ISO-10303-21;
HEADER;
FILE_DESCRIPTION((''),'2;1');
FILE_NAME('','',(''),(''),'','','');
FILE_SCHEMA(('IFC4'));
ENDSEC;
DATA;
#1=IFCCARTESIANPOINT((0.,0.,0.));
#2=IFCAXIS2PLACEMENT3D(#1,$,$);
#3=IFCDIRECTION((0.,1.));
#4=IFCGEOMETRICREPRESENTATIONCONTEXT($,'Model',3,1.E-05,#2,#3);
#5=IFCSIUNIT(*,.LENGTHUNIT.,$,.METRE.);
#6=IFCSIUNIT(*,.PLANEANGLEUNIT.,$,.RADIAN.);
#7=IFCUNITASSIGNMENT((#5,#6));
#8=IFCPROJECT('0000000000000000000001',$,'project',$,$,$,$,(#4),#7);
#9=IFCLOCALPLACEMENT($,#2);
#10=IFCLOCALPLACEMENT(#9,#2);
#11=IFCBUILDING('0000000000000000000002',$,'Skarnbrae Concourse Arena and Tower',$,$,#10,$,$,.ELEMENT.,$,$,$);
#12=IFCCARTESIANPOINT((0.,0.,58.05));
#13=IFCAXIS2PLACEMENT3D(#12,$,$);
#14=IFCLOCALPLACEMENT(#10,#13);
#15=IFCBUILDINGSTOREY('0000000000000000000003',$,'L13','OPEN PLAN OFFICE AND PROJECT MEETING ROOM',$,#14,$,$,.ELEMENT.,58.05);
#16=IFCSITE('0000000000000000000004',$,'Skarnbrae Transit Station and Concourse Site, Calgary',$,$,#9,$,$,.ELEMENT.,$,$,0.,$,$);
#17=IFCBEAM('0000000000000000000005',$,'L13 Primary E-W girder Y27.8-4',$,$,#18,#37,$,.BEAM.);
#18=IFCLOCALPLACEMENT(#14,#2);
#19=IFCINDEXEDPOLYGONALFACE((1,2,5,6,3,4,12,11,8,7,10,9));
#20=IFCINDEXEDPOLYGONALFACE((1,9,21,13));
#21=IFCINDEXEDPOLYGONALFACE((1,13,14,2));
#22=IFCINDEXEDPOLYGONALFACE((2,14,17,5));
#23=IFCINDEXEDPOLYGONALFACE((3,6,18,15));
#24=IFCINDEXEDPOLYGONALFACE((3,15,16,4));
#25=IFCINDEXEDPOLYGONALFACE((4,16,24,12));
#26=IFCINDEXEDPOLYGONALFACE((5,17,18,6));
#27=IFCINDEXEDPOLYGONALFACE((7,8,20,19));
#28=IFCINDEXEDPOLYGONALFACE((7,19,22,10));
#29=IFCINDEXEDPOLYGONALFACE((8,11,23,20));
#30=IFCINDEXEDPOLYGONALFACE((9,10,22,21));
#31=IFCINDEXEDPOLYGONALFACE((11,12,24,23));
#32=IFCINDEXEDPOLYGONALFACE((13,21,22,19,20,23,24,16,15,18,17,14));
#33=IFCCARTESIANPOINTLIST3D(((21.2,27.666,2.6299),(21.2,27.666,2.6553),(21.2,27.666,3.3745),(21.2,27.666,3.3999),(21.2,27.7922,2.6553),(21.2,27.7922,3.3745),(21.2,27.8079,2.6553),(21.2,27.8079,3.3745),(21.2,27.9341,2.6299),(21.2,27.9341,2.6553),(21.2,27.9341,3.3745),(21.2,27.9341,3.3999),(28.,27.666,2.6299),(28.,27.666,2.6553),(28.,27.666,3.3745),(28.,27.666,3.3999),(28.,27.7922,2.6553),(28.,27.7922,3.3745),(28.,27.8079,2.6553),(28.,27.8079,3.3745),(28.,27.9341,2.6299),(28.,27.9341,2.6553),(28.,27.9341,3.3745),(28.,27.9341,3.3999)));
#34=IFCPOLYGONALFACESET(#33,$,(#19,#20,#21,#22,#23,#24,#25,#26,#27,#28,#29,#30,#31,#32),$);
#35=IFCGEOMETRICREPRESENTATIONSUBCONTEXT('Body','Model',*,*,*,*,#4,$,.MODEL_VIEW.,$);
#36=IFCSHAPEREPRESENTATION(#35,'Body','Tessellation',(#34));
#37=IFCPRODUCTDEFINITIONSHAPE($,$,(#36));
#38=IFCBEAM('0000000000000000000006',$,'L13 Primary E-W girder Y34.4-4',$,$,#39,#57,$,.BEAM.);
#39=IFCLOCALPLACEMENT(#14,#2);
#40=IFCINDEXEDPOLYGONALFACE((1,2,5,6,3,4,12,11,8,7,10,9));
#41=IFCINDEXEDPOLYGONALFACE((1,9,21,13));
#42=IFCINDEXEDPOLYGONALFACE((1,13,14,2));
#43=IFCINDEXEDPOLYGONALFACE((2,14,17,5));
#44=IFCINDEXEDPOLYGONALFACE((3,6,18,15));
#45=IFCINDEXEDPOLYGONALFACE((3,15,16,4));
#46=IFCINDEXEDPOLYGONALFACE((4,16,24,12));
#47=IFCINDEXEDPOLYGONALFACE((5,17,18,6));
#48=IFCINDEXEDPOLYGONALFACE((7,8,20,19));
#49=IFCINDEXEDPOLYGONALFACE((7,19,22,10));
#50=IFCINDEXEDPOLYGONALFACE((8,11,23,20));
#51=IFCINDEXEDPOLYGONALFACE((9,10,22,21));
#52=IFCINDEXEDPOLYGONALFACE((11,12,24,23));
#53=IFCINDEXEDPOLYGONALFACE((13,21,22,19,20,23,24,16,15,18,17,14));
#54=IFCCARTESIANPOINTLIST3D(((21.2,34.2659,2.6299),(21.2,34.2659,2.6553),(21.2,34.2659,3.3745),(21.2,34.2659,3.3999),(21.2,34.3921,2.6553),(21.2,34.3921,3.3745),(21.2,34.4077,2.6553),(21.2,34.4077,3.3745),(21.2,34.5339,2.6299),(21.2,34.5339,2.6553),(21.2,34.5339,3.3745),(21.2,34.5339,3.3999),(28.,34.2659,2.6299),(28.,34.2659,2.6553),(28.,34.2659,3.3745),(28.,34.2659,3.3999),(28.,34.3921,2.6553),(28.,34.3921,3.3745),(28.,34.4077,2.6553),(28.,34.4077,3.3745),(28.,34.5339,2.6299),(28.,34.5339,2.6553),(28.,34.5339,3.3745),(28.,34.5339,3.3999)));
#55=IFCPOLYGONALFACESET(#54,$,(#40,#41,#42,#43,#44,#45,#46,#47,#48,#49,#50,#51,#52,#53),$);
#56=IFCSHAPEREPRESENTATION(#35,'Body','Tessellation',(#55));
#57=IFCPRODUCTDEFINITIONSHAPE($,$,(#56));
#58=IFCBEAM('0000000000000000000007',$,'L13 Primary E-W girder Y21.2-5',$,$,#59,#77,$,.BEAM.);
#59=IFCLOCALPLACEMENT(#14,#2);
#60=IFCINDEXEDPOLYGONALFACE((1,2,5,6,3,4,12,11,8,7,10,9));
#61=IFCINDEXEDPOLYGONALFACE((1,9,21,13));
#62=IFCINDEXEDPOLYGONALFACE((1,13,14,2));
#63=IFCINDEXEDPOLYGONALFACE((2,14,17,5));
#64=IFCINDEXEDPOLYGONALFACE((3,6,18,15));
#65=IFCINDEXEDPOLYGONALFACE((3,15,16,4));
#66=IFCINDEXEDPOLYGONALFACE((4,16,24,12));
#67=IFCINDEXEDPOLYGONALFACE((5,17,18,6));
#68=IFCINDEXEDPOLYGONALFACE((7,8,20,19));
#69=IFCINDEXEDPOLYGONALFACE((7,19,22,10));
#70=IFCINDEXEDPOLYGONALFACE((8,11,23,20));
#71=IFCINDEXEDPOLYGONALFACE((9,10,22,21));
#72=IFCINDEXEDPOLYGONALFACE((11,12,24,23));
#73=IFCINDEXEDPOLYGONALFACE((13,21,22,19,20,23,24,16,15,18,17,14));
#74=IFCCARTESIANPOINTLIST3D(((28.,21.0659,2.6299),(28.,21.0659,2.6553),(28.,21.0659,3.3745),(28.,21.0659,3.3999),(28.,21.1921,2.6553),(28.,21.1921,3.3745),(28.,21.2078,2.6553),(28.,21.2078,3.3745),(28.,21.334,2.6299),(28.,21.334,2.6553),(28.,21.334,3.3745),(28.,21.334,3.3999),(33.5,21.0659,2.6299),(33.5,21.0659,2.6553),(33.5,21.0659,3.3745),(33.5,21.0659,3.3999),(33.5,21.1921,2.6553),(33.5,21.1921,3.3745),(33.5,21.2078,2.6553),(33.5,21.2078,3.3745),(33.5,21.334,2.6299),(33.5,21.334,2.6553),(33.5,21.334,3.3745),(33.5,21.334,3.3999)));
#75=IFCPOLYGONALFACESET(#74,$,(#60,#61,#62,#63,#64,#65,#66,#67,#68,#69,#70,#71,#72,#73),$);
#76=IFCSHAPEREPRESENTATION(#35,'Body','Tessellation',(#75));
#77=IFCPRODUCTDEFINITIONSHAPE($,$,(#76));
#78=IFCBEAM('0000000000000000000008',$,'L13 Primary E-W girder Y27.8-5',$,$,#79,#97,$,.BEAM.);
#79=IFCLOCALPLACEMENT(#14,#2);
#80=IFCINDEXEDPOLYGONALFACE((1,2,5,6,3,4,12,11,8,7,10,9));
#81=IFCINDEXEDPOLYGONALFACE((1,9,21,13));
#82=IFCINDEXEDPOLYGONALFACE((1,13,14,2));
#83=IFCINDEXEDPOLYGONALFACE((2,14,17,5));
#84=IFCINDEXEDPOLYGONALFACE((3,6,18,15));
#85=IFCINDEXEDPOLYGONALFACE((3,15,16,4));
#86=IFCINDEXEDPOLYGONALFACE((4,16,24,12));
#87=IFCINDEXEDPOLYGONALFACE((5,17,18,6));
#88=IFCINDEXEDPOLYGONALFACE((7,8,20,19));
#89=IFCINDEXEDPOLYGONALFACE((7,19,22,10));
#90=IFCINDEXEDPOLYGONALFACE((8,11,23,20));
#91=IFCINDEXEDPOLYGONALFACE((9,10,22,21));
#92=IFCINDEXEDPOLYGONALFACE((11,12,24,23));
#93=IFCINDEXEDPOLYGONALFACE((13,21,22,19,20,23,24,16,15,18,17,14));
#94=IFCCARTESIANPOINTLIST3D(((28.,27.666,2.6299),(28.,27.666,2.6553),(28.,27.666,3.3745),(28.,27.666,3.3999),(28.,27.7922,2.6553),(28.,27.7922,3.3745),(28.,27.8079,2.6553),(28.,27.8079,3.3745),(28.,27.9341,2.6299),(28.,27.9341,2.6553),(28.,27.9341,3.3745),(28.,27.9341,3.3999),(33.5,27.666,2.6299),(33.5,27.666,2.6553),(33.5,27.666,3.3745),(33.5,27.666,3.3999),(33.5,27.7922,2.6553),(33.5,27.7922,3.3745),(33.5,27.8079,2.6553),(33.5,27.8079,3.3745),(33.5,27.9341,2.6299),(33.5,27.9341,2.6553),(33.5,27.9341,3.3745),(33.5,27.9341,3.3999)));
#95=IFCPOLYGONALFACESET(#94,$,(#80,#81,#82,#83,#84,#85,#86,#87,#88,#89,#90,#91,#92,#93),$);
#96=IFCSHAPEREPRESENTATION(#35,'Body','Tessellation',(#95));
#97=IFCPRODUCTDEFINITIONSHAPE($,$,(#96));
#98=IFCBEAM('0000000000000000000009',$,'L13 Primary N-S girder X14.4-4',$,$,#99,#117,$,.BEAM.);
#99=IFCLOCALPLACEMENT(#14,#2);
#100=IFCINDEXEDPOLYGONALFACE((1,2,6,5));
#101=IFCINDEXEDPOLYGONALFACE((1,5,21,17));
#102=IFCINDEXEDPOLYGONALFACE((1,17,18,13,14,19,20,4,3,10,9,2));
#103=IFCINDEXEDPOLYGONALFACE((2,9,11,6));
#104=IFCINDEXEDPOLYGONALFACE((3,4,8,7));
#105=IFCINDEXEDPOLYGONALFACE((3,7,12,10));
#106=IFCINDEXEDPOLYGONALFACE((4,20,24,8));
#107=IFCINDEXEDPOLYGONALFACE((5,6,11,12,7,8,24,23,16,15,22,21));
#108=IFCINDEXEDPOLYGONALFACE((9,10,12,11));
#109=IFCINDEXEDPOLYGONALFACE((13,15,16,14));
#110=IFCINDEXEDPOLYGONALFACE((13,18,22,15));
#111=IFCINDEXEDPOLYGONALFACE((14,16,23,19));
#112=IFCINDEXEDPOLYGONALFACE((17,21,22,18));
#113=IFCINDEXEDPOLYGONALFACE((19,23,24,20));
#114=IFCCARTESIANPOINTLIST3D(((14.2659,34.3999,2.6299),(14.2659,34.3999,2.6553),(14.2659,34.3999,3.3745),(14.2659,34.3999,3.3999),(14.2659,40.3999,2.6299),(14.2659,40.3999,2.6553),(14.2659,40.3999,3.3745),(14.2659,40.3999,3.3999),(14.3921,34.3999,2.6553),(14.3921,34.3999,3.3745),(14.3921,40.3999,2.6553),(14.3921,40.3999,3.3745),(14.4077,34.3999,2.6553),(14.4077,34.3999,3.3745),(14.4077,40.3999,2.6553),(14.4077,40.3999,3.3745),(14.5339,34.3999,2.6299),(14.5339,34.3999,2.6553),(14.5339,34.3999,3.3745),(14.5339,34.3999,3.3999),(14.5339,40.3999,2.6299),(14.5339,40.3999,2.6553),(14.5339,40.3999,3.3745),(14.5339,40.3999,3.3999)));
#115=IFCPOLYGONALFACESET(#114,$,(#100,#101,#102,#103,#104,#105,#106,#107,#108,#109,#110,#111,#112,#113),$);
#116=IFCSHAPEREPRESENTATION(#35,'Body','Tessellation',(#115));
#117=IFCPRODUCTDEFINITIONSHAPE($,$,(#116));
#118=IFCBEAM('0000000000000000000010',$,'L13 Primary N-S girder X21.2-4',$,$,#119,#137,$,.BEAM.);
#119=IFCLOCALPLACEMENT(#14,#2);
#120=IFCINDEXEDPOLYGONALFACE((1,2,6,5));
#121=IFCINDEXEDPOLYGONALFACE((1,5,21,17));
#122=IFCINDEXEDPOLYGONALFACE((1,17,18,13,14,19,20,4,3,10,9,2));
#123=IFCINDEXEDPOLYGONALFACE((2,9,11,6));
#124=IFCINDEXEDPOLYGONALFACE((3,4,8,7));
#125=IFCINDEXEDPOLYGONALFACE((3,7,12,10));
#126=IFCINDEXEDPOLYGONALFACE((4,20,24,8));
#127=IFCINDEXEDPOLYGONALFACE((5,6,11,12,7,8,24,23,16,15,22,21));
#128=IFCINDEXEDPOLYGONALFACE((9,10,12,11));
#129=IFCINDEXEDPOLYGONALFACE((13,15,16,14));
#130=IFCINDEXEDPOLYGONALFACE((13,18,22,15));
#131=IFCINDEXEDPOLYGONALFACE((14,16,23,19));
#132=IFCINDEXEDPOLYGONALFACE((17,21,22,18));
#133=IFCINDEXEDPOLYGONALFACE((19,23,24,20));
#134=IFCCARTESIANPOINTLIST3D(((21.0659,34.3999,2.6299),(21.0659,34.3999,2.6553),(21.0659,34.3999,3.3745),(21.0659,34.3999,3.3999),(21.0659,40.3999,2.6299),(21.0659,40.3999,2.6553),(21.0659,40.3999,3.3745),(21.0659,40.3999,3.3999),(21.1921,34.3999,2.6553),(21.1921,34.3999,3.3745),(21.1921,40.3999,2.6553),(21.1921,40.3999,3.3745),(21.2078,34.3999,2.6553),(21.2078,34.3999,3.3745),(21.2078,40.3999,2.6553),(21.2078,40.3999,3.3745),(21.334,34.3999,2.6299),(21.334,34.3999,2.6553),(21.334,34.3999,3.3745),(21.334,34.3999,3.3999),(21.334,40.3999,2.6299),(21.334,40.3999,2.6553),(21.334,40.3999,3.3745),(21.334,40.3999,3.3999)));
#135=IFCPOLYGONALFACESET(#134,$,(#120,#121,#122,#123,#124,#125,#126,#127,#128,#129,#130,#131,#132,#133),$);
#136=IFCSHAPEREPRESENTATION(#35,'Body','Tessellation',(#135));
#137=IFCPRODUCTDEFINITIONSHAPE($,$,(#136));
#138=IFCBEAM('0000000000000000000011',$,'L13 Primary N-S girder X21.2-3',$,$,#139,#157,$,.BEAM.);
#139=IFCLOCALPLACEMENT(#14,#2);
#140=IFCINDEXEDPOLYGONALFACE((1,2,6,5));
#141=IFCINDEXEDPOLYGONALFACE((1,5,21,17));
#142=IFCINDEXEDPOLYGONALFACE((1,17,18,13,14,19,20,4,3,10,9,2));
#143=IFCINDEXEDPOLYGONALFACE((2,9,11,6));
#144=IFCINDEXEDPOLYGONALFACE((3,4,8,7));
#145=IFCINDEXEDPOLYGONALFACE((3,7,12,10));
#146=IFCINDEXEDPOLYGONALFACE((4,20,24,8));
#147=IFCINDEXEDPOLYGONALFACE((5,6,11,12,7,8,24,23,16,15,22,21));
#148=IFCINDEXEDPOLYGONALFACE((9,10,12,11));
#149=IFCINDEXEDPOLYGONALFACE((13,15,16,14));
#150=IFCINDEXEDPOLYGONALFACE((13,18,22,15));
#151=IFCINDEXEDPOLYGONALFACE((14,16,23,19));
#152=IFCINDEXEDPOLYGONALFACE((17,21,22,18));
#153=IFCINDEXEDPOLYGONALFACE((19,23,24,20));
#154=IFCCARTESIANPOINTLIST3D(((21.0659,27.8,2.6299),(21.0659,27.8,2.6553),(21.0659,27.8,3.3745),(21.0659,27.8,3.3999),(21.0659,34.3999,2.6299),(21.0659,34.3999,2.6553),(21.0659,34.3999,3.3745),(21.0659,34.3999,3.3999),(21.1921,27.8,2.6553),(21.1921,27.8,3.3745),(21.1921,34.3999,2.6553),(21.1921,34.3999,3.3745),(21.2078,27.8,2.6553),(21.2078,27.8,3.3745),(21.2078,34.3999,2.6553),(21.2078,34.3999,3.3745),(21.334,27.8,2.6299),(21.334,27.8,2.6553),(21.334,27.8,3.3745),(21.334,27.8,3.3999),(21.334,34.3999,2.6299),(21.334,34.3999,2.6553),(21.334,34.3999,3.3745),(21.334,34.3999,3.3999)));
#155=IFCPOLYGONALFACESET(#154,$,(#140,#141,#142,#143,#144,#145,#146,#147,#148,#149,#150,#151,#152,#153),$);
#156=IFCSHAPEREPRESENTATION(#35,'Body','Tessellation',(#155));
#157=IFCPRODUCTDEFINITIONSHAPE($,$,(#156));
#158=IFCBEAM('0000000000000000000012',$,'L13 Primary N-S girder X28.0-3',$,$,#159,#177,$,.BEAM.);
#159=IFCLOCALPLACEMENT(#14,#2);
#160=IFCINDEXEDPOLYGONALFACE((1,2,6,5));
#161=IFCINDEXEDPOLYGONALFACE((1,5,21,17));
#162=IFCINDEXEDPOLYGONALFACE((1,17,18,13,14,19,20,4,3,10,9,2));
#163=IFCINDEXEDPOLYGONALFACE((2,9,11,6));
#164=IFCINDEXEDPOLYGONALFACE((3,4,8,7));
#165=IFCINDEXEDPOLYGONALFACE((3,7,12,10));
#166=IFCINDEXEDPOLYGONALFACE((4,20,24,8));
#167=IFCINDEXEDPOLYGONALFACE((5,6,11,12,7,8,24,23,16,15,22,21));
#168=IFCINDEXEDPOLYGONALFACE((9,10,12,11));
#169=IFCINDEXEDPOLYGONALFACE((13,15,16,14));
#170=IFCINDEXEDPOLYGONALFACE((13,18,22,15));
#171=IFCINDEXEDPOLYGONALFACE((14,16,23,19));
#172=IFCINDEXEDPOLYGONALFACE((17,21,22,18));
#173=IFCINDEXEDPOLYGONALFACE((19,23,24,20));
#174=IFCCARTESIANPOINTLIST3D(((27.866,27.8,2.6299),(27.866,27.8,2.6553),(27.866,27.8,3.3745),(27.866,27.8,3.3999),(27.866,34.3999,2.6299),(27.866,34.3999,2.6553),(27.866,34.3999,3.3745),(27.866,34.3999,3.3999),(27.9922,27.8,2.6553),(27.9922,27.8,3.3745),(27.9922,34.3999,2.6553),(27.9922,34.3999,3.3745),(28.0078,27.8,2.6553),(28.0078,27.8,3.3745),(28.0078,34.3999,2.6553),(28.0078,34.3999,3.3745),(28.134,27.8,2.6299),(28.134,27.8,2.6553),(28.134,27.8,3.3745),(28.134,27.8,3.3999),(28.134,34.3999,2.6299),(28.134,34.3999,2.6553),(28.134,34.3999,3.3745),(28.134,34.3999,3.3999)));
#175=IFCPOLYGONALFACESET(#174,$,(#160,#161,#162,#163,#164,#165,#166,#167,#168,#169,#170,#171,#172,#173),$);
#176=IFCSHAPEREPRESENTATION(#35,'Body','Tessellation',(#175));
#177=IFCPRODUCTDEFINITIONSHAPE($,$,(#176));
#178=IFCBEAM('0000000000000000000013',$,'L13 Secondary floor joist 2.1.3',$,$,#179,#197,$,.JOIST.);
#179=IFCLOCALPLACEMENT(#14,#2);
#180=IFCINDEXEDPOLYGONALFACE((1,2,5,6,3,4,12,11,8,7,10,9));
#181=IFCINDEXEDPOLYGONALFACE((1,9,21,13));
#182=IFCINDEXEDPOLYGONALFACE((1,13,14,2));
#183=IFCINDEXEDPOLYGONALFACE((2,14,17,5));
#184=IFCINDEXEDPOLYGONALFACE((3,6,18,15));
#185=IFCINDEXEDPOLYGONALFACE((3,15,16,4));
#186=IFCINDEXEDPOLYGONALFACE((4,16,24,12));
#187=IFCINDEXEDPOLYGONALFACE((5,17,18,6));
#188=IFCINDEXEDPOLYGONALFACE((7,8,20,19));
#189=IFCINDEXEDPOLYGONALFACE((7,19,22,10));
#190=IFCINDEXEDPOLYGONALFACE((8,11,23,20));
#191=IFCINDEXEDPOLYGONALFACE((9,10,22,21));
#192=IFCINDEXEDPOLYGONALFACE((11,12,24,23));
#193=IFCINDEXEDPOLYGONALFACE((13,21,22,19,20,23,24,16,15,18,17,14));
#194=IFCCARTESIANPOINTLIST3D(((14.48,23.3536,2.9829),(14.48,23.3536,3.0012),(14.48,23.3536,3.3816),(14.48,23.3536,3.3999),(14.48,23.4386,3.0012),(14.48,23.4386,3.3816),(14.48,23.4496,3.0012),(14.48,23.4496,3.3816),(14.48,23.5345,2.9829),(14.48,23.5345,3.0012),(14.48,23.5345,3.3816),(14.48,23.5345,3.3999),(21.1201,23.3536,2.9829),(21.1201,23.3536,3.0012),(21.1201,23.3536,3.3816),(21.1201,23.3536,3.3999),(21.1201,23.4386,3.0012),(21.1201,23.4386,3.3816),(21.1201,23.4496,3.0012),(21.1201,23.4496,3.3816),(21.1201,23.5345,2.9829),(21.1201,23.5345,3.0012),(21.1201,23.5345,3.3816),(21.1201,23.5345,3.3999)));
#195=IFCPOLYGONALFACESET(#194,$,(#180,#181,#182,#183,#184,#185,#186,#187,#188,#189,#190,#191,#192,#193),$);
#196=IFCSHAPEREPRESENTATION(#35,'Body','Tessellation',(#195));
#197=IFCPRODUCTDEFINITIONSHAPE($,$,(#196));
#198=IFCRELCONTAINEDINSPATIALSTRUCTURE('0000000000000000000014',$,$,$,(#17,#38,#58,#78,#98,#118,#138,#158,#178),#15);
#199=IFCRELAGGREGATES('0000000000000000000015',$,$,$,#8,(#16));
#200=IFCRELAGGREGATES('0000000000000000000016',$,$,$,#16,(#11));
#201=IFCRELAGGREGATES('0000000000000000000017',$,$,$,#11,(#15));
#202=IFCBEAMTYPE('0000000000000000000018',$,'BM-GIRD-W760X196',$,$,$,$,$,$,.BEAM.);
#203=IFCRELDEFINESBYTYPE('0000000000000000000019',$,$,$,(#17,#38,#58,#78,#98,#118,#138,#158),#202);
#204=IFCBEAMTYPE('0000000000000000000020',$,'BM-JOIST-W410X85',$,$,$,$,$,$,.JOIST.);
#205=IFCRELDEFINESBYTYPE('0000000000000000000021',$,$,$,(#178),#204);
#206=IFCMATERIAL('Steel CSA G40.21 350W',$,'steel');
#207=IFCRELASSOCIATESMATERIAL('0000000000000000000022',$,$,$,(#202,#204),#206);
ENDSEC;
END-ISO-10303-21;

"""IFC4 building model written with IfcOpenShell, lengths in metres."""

from ifc_helpers import new_model, si_unit, direction, frame, origin, origin_2d, place, context, subcontext, project, spatial, i_section, extrude, source, transform, mapped, material, material_profile, profile_set, type_object, element, save


model = new_model("IFC4")

# Units and contexts
model_context = context("Model", 3, precision=1e-05, world=origin(), true_north=direction((0.0, 1.0)))
body_context = subcontext(model_context, "Body", "Model", "MODEL_VIEW")
ifc_project = project(units=[si_unit("LENGTHUNIT", "METRE"), si_unit("PLANEANGLEUNIT", "RADIAN")], contexts=[model_context])

# Site, building, storey
site_placement = place(None, origin())
site = spatial("IfcSite", under=ifc_project, at=site_placement, Name="Skarnbrae Transit Station and Concourse Site, Calgary", CompositionType="ELEMENT", RefElevation=0.0)
building_placement = place(site_placement, origin())
building = spatial("IfcBuilding", under=site, at=building_placement, Name="Skarnbrae Concourse Arena and Tower", CompositionType="ELEMENT")
storey_placement = place(building_placement, frame((0.0, 0.0, 58.05)))
storey = spatial("IfcBuildingStorey", under=building, at=storey_placement, Name="L13", Description="OPEN PLAN OFFICE AND PROJECT MEETING ROOM", CompositionType="ELEMENT", Elevation=58.05)

# Shared definitions
ifc_material_1 = material(Name="Steel CSA G40.21 350W", Category="steel")

# Beams
ifc_material_profile_1 = material_profile(ifc_material_1, i_section(OverallWidth=0.2681, OverallDepth=0.77, WebThickness=0.0156, FlangeThickness=0.0254, at=origin_2d()), Name="W760X196")
ifc_profile_set_1 = profile_set([ifc_material_profile_1], Name="Steel CSA G40.21 350W")
beam_type_1 = type_object("IfcBeamType", Name="BM-GIRD-W760X196", PredefinedType="BEAM", material=ifc_profile_set_1)
shared_shape_1 = source(origin(), body_context, "Body", "SweptSolid", [
    extrude(i_section(OverallWidth=0.2681, OverallDepth=0.77, WebThickness=0.0156, FlangeThickness=0.0254, at=origin_2d()), origin(), (0.0, 0.0, 1.0), 6.8),
])
for number, where, z_axis, x_axis, name in (
    (1, (21.2, 27.8, 3.0149), (1.0, 0.0, 0.0), (0.0, 1.0, 0.0), "L13 Primary E-W girder Y27.8-4"),
    (2, (21.2, 34.3999, 3.0149), (1.0, 0.0, 0.0), (0.0, 1.0, 0.0), "L13 Primary E-W girder Y34.4-4"),
):
    element("IfcBeam", number, at=place(storey_placement, frame(where, z_axis=z_axis, x_axis=x_axis)), inside=storey, type_object=beam_type_1, Name=name, PredefinedType="BEAM", context=body_context, shape_type="MappedRepresentation", body=[
        mapped(shared_shape_1, transform((0.0, 0.0, 0.0))),
    ])
shared_shape_2 = source(origin(), body_context, "Body", "SweptSolid", [
    extrude(i_section(OverallWidth=0.2681, OverallDepth=0.77, WebThickness=0.0156, FlangeThickness=0.0254, at=origin_2d()), origin(), (0.0, 0.0, 1.0), 5.5),
])
for number, where, z_axis, x_axis, name in (
    (3, (28.0, 21.2, 3.0149), (1.0, 0.0, 0.0), (0.0, 1.0, 0.0), "L13 Primary E-W girder Y21.2-5"),
    (4, (28.0, 27.8, 3.0149), (1.0, 0.0, 0.0), (0.0, 1.0, 0.0), "L13 Primary E-W girder Y27.8-5"),
):
    element("IfcBeam", number, at=place(storey_placement, frame(where, z_axis=z_axis, x_axis=x_axis)), inside=storey, type_object=beam_type_1, Name=name, PredefinedType="BEAM", context=body_context, shape_type="MappedRepresentation", body=[
        mapped(shared_shape_2, transform((0.0, 0.0, 0.0))),
    ])
shared_shape_3 = source(origin(), body_context, "Body", "SweptSolid", [
    extrude(i_section(OverallWidth=0.2681, OverallDepth=0.77, WebThickness=0.0156, FlangeThickness=0.0254, at=origin_2d()), origin(), (0.0, 0.0, 1.0), 6.0),
])
for number, where, z_axis, x_axis, name in (
    (5, (14.3999, 34.3999, 3.0149), (0.0, 1.0, 0.0), (-1.0, 0.0, 0.0), "L13 Primary N-S girder X14.4-4"),
    (6, (21.2, 34.3999, 3.0149), (0.0, 1.0, 0.0), (-1.0, 0.0, 0.0), "L13 Primary N-S girder X21.2-4"),
):
    element("IfcBeam", number, at=place(storey_placement, frame(where, z_axis=z_axis, x_axis=x_axis)), inside=storey, type_object=beam_type_1, Name=name, PredefinedType="BEAM", context=body_context, shape_type="MappedRepresentation", body=[
        mapped(shared_shape_3, transform((0.0, 0.0, 0.0))),
    ])
shared_shape_4 = source(origin(), body_context, "Body", "SweptSolid", [
    extrude(i_section(OverallWidth=0.2681, OverallDepth=0.77, WebThickness=0.0156, FlangeThickness=0.0254, at=origin_2d()), origin(), (0.0, 0.0, 1.0), 6.5999),
])
for number, where, z_axis, x_axis, name in (
    (7, (21.2, 27.8, 3.0149), (0.0, 1.0, 0.0), (-1.0, 0.0, 0.0), "L13 Primary N-S girder X21.2-3"),
    (8, (28.0, 27.8, 3.0149), (0.0, 1.0, 0.0), (-1.0, 0.0, 0.0), "L13 Primary N-S girder X28.0-3"),
):
    element("IfcBeam", number, at=place(storey_placement, frame(where, z_axis=z_axis, x_axis=x_axis)), inside=storey, type_object=beam_type_1, Name=name, PredefinedType="BEAM", context=body_context, shape_type="MappedRepresentation", body=[
        mapped(shared_shape_4, transform((0.0, 0.0, 0.0))),
    ])
ifc_material_profile_2 = material_profile(ifc_material_1, i_section(OverallWidth=0.1809, OverallDepth=0.417, WebThickness=0.011, FlangeThickness=0.0183, at=origin_2d()), Name="W410X85")
ifc_profile_set_2 = profile_set([ifc_material_profile_2], Name="Steel CSA G40.21 350W")
beam_type_2 = type_object("IfcBeamType", Name="BM-JOIST-W410X85", PredefinedType="JOIST", material=ifc_profile_set_2)
shared_shape_5 = source(origin(), body_context, "Body", "SweptSolid", [
    extrude(i_section(OverallWidth=0.1809, OverallDepth=0.417, WebThickness=0.011, FlangeThickness=0.0183, at=origin_2d()), origin(), (0.0, 0.0, 1.0), 6.6401),
])
for number, where, z_axis, x_axis, name in (
    (9, (14.48, 23.4441, 3.1914), (1.0, 0.0, 0.0), (0.0, 1.0, 0.0), "L13 Secondary floor joist 2.1.3"),
):
    element("IfcBeam", number, at=place(storey_placement, frame(where, z_axis=z_axis, x_axis=x_axis)), inside=storey, type_object=beam_type_2, Name=name, PredefinedType="JOIST", context=body_context, shape_type="MappedRepresentation", body=[
        mapped(shared_shape_5, transform((0.0, 0.0, 0.0))),
    ])

save(model, "model.ifc")
